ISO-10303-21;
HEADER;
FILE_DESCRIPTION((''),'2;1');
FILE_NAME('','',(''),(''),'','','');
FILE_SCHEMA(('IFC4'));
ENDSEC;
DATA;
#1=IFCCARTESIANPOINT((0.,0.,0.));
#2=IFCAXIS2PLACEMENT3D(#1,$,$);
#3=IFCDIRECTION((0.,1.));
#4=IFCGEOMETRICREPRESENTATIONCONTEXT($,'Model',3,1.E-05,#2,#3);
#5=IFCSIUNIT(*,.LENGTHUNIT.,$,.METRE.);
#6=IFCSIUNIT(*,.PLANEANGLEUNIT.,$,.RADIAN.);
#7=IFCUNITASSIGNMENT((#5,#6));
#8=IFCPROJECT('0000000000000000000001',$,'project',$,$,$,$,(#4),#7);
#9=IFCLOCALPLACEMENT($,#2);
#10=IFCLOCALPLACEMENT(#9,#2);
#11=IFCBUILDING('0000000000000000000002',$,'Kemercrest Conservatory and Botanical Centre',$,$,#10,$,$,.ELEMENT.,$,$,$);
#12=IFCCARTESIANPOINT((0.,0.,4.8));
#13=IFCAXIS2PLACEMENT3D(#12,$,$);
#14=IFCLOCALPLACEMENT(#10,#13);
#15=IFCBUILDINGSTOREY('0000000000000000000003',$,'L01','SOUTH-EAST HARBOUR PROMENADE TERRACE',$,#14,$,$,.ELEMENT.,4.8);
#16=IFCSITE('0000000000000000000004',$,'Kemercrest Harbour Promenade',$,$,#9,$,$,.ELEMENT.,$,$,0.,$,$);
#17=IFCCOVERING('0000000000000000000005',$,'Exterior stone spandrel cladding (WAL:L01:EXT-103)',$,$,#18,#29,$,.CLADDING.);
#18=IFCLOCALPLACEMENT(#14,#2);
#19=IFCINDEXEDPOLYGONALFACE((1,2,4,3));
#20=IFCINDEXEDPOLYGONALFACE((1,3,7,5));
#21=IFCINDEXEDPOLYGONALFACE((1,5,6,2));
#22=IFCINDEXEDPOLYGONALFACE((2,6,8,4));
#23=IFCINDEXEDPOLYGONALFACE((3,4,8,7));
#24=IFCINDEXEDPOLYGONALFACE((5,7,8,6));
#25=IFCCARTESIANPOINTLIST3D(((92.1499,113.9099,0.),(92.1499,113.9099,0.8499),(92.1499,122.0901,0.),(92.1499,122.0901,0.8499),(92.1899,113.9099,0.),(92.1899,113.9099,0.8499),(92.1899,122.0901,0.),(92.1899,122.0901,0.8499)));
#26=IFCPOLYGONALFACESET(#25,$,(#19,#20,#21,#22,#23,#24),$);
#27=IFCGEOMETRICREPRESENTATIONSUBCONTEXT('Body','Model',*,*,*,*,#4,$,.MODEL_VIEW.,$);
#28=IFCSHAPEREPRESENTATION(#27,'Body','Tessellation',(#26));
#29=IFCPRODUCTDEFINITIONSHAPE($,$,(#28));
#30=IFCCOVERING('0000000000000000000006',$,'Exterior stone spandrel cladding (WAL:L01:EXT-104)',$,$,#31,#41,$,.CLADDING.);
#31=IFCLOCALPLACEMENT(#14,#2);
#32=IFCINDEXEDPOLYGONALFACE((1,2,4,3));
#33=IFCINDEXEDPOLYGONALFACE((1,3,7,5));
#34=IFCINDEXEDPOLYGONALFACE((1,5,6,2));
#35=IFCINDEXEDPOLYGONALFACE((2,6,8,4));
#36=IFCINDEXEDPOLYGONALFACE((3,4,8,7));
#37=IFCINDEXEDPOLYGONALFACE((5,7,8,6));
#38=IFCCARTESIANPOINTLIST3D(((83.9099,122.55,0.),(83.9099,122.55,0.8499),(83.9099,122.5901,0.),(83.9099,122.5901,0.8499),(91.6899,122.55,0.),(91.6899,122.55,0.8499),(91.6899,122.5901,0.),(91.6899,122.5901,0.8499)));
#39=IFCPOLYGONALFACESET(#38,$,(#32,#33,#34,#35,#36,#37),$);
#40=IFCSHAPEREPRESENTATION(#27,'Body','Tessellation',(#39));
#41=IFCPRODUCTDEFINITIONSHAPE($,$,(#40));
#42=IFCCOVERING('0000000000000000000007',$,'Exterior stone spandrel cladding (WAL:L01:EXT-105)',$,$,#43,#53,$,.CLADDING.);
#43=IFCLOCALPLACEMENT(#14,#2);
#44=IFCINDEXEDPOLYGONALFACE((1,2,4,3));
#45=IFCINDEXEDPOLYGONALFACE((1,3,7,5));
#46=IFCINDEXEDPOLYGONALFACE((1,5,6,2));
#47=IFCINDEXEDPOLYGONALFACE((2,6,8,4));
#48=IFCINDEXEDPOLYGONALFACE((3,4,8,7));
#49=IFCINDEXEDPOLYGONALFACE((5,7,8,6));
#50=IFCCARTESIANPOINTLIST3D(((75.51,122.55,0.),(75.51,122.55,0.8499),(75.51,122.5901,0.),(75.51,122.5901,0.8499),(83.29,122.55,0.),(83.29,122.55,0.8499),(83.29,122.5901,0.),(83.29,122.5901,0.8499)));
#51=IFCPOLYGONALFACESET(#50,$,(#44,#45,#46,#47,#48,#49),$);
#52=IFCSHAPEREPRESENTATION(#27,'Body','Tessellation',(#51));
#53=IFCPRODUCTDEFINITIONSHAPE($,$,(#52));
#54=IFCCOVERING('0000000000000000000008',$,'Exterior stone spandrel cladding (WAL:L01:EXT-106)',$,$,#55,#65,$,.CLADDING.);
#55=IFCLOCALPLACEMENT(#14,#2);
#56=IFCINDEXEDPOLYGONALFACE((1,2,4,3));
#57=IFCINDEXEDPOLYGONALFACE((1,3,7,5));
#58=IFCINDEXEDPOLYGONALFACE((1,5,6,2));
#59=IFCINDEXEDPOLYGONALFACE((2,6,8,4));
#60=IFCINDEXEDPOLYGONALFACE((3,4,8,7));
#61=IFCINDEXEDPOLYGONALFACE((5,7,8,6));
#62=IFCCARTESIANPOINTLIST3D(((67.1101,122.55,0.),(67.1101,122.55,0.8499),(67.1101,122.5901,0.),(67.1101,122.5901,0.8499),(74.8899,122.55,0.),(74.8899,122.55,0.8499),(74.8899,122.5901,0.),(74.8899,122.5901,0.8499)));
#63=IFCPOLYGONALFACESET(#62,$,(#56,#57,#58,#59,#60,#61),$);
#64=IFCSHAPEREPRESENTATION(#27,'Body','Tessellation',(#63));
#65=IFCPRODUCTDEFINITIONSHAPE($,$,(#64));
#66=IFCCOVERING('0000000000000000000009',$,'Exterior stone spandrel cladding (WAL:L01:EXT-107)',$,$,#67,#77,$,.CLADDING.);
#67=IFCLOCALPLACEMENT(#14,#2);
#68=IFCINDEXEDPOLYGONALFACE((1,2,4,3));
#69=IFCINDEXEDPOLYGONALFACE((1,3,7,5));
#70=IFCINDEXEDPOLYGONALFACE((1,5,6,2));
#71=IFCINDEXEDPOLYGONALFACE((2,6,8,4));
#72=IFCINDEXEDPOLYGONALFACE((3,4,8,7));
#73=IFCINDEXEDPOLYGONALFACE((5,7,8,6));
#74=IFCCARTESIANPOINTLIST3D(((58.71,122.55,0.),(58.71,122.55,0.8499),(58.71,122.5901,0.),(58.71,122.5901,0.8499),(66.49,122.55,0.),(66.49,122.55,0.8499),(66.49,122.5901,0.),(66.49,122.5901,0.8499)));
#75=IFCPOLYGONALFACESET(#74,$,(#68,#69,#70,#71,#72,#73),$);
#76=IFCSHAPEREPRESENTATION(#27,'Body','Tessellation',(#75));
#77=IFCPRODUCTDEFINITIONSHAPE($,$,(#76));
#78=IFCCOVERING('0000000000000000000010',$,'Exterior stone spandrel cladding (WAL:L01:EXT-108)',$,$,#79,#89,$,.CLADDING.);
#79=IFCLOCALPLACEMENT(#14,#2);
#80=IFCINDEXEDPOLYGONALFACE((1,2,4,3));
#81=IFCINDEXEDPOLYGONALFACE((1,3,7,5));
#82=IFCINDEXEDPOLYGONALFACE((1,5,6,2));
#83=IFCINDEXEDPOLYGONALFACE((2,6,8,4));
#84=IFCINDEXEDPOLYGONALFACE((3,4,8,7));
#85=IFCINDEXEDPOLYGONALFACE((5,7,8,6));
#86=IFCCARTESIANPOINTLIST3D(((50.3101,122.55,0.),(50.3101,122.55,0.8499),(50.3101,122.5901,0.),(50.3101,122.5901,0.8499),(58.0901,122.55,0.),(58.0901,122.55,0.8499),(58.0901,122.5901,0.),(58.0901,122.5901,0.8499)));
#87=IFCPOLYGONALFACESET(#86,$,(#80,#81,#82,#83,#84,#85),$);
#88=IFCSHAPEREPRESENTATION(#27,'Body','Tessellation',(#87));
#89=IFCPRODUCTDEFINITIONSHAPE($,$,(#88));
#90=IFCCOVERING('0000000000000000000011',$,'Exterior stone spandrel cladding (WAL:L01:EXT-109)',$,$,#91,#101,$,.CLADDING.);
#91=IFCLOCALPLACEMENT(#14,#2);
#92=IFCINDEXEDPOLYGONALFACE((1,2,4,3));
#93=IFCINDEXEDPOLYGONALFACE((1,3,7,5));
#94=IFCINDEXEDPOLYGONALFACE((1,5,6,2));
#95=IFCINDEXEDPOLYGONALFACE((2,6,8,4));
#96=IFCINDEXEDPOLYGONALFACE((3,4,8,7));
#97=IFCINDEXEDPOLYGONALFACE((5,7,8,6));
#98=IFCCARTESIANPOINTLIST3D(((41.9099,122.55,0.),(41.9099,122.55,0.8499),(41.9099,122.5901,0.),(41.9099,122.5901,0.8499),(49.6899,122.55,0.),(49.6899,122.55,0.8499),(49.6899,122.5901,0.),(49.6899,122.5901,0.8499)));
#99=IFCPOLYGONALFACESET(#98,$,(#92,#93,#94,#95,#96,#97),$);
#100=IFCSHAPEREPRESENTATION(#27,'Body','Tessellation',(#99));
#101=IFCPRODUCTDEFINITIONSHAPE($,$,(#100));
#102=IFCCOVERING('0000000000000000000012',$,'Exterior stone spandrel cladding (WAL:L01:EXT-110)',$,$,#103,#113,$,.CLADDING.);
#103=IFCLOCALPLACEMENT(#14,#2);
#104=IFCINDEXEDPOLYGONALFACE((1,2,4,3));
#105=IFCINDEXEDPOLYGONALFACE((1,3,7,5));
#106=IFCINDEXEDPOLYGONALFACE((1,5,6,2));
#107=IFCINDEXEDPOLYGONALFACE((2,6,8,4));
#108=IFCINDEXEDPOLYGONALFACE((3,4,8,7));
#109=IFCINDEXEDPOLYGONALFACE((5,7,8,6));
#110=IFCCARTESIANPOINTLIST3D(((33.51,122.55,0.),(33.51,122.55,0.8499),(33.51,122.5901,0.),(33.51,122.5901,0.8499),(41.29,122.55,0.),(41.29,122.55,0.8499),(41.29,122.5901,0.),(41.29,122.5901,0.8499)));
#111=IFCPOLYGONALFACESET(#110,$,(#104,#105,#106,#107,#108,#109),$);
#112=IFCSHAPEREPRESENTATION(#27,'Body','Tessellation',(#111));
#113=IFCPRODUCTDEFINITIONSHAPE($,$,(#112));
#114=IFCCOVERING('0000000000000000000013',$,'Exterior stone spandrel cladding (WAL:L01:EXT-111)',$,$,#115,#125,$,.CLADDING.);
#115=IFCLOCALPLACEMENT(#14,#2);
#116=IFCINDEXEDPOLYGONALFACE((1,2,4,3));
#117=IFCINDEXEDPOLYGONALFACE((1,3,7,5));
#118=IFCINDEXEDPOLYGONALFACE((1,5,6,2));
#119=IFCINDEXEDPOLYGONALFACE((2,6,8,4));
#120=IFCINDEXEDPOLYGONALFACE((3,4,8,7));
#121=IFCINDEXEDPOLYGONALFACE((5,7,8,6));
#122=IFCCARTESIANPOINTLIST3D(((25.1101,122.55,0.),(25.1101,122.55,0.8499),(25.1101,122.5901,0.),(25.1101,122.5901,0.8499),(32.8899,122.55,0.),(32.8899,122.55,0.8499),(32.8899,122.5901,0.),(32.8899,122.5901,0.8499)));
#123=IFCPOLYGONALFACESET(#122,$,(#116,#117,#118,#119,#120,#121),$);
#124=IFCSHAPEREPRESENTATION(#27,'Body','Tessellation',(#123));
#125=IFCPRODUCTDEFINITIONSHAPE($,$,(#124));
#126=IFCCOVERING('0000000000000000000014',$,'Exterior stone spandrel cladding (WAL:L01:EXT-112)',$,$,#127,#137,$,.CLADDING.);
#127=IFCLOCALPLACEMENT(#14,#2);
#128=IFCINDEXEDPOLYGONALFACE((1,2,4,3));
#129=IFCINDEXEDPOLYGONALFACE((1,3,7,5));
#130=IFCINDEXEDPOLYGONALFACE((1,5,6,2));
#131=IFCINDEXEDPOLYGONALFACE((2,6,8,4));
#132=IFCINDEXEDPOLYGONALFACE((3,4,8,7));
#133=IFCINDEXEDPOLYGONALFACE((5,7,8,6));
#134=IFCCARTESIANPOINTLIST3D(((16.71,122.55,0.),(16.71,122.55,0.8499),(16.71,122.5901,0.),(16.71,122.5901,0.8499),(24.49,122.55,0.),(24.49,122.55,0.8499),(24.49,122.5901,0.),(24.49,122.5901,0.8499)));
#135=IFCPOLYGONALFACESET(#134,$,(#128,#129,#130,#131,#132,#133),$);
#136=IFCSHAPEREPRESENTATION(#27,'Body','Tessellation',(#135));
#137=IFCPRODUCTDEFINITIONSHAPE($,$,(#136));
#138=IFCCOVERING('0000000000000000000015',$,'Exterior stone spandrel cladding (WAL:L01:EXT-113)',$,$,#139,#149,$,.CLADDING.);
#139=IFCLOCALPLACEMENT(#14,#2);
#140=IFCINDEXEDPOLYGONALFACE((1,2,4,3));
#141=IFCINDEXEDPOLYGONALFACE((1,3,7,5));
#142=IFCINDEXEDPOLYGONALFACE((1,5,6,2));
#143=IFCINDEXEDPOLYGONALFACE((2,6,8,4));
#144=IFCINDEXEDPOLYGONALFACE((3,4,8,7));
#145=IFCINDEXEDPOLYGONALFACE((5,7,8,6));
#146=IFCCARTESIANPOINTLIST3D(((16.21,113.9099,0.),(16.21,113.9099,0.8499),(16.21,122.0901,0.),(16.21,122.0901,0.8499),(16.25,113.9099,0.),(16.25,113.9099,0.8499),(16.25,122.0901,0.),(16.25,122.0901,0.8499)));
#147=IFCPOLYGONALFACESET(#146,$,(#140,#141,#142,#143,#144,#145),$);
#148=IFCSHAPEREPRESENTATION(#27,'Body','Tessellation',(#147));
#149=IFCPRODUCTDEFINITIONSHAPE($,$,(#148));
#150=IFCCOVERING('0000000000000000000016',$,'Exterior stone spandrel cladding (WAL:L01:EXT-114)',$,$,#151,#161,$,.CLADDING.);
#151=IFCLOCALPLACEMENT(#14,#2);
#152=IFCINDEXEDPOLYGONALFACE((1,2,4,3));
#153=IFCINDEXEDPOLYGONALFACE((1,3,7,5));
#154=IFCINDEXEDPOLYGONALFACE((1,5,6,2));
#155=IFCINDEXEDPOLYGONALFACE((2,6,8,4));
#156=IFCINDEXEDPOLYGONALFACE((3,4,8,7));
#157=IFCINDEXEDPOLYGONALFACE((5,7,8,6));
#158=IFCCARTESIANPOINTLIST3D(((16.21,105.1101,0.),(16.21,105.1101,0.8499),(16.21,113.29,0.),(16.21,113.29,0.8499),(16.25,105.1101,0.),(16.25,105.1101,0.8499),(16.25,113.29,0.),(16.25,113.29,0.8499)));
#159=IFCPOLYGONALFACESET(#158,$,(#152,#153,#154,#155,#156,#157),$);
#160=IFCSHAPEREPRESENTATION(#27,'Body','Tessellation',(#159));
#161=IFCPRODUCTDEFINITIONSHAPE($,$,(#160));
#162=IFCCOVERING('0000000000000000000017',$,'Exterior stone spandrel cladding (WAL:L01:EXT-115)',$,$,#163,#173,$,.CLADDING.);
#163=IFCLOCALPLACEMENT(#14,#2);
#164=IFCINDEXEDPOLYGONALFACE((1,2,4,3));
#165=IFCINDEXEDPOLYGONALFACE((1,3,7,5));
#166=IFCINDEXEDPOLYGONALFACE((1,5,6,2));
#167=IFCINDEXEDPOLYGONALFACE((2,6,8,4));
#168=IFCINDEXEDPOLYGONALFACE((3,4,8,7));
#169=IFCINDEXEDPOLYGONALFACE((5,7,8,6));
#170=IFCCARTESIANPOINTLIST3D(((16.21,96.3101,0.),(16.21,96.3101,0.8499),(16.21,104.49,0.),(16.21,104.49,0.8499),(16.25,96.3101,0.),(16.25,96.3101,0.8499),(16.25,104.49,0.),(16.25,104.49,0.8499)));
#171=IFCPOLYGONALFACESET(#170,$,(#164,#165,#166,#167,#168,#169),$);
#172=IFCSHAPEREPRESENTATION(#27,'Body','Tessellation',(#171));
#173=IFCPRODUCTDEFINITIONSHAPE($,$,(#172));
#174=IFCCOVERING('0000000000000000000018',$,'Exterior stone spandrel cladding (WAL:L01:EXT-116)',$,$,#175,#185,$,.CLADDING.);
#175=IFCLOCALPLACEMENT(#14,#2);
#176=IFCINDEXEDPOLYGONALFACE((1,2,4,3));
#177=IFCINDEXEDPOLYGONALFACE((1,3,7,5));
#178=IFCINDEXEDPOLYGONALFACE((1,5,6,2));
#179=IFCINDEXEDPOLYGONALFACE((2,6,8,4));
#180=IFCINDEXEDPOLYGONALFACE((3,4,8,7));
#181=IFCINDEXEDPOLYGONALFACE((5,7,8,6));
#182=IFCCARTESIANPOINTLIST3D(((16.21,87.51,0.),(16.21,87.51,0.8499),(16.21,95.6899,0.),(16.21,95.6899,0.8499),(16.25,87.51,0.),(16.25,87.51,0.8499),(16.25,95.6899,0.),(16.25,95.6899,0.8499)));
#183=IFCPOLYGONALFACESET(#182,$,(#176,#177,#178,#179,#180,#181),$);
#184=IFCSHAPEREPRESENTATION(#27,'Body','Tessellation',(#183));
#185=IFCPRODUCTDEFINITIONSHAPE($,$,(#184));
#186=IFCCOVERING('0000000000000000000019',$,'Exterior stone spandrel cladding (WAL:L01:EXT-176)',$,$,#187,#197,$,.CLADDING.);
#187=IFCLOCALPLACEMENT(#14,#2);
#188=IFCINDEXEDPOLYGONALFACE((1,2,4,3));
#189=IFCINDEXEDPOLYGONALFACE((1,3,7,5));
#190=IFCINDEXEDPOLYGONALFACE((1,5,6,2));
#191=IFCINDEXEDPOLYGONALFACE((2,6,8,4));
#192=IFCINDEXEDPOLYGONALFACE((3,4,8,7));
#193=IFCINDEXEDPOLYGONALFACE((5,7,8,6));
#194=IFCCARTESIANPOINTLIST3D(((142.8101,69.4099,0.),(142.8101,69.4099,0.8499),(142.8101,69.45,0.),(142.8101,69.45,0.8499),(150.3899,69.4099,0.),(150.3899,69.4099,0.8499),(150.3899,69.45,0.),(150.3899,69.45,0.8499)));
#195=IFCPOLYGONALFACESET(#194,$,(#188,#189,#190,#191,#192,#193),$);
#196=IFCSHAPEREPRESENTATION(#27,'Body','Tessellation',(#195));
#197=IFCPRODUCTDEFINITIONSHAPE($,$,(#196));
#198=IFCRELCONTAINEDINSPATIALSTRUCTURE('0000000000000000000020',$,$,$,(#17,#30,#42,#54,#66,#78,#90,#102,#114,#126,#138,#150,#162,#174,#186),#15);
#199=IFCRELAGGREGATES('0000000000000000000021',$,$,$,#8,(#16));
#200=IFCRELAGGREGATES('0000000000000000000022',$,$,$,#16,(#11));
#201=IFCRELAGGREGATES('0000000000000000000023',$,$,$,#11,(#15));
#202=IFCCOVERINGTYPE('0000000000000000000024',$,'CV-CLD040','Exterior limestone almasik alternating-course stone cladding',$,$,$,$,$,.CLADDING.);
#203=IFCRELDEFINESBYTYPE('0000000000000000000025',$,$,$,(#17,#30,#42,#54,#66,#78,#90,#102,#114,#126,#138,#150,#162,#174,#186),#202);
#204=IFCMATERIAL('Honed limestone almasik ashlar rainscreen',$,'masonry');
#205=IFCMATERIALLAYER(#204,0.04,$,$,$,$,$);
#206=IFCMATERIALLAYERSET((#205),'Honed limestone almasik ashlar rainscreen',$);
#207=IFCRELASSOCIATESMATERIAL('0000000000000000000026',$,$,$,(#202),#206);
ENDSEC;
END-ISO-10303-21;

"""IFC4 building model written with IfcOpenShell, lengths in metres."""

from ifc_helpers import new_model, si_unit, direction, frame, origin, place, context, subcontext, project, spatial, polyline, outline, extrude, material, layer, layer_set, type_object, element, save


model = new_model("IFC4")

# Units and contexts
model_context = context("Model", 3, precision=1e-05, world=origin(), true_north=direction((0.0, 1.0)))
body_context = subcontext(model_context, "Body", "Model", "MODEL_VIEW")
ifc_project = project(units=[si_unit("LENGTHUNIT", "METRE"), si_unit("PLANEANGLEUNIT", "RADIAN")], contexts=[model_context])

# Site, building, storey
site_placement = place(None, origin())
site = spatial("IfcSite", under=ifc_project, at=site_placement, Name="Kemercrest Harbour Promenade", CompositionType="ELEMENT", RefElevation=0.0)
building_placement = place(site_placement, origin())
building = spatial("IfcBuilding", under=site, at=building_placement, Name="Kemercrest Conservatory and Botanical Centre", CompositionType="ELEMENT")
storey_placement = place(building_placement, frame((0.0, 0.0, 4.8)))
storey = spatial("IfcBuildingStorey", under=building, at=storey_placement, Name="L01", Description="SOUTH-EAST HARBOUR PROMENADE TERRACE", CompositionType="ELEMENT", Elevation=4.8)

# Coverings
ifc_material = material(Name="Honed limestone almasik ashlar rainscreen", Category="masonry")
ifc_layer = layer(ifc_material, 0.04)
ifc_layer_set = layer_set([ifc_layer], Name="Honed limestone almasik ashlar rainscreen")
covering_type = type_object("IfcCoveringType", Name="CV-CLD040", Description="Exterior limestone almasik alternating-course stone cladding", PredefinedType="CLADDING", material=ifc_layer_set)
covering_1_placement = place(storey_placement, origin())
element("IfcCovering", 1, at=covering_1_placement, inside=storey, type_object=covering_type, Name="Exterior stone spandrel cladding (WAL:L01:EXT-103)", PredefinedType="CLADDING", context=body_context, shape_type="SweptSolid", body=[
    extrude(outline(polyline([(92.1499, 113.9099), (92.1899, 113.9099), (92.1899, 122.0901), (92.1499, 122.0901), (92.1499, 113.9099)])), origin(), (0.0, 0.0, 1.0), 0.8499),
])
covering_2_placement = place(storey_placement, origin())
element("IfcCovering", 2, at=covering_2_placement, inside=storey, type_object=covering_type, Name="Exterior stone spandrel cladding (WAL:L01:EXT-104)", PredefinedType="CLADDING", context=body_context, shape_type="SweptSolid", body=[
    extrude(outline(polyline([(91.6899, 122.55), (91.6899, 122.5901), (83.9099, 122.5901), (83.9099, 122.55), (91.6899, 122.55)])), origin(), (0.0, 0.0, 1.0), 0.8499),
])
covering_3_placement = place(storey_placement, origin())
element("IfcCovering", 3, at=covering_3_placement, inside=storey, type_object=covering_type, Name="Exterior stone spandrel cladding (WAL:L01:EXT-105)", PredefinedType="CLADDING", context=body_context, shape_type="SweptSolid", body=[
    extrude(outline(polyline([(83.29, 122.55), (83.29, 122.5901), (75.51, 122.5901), (75.51, 122.55), (83.29, 122.55)])), origin(), (0.0, 0.0, 1.0), 0.8499),
])
covering_4_placement = place(storey_placement, origin())
element("IfcCovering", 4, at=covering_4_placement, inside=storey, type_object=covering_type, Name="Exterior stone spandrel cladding (WAL:L01:EXT-106)", PredefinedType="CLADDING", context=body_context, shape_type="SweptSolid", body=[
    extrude(outline(polyline([(74.8899, 122.55), (74.8899, 122.5901), (67.1101, 122.5901), (67.1101, 122.55), (74.8899, 122.55)])), origin(), (0.0, 0.0, 1.0), 0.8499),
])
covering_5_placement = place(storey_placement, origin())
element("IfcCovering", 5, at=covering_5_placement, inside=storey, type_object=covering_type, Name="Exterior stone spandrel cladding (WAL:L01:EXT-107)", PredefinedType="CLADDING", context=body_context, shape_type="SweptSolid", body=[
    extrude(outline(polyline([(66.49, 122.55), (66.49, 122.5901), (58.71, 122.5901), (58.71, 122.55), (66.49, 122.55)])), origin(), (0.0, 0.0, 1.0), 0.8499),
])
covering_6_placement = place(storey_placement, origin())
element("IfcCovering", 6, at=covering_6_placement, inside=storey, type_object=covering_type, Name="Exterior stone spandrel cladding (WAL:L01:EXT-108)", PredefinedType="CLADDING", context=body_context, shape_type="SweptSolid", body=[
    extrude(outline(polyline([(58.0901, 122.55), (58.0901, 122.5901), (50.3101, 122.5901), (50.3101, 122.55), (58.0901, 122.55)])), origin(), (0.0, 0.0, 1.0), 0.8499),
])
covering_7_placement = place(storey_placement, origin())
element("IfcCovering", 7, at=covering_7_placement, inside=storey, type_object=covering_type, Name="Exterior stone spandrel cladding (WAL:L01:EXT-109)", PredefinedType="CLADDING", context=body_context, shape_type="SweptSolid", body=[
    extrude(outline(polyline([(49.6899, 122.55), (49.6899, 122.5901), (41.9099, 122.5901), (41.9099, 122.55), (49.6899, 122.55)])), origin(), (0.0, 0.0, 1.0), 0.8499),
])
covering_8_placement = place(storey_placement, origin())
element("IfcCovering", 8, at=covering_8_placement, inside=storey, type_object=covering_type, Name="Exterior stone spandrel cladding (WAL:L01:EXT-110)", PredefinedType="CLADDING", context=body_context, shape_type="SweptSolid", body=[
    extrude(outline(polyline([(41.29, 122.55), (41.29, 122.5901), (33.51, 122.5901), (33.51, 122.55), (41.29, 122.55)])), origin(), (0.0, 0.0, 1.0), 0.8499),
])
covering_9_placement = place(storey_placement, origin())
element("IfcCovering", 9, at=covering_9_placement, inside=storey, type_object=covering_type, Name="Exterior stone spandrel cladding (WAL:L01:EXT-111)", PredefinedType="CLADDING", context=body_context, shape_type="SweptSolid", body=[
    extrude(outline(polyline([(32.8899, 122.55), (32.8899, 122.5901), (25.1101, 122.5901), (25.1101, 122.55), (32.8899, 122.55)])), origin(), (0.0, 0.0, 1.0), 0.8499),
])
covering_10_placement = place(storey_placement, origin())
element("IfcCovering", 10, at=covering_10_placement, inside=storey, type_object=covering_type, Name="Exterior stone spandrel cladding (WAL:L01:EXT-112)", PredefinedType="CLADDING", context=body_context, shape_type="SweptSolid", body=[
    extrude(outline(polyline([(24.49, 122.55), (24.49, 122.5901), (16.71, 122.5901), (16.71, 122.55), (24.49, 122.55)])), origin(), (0.0, 0.0, 1.0), 0.8499),
])
covering_11_placement = place(storey_placement, origin())
element("IfcCovering", 11, at=covering_11_placement, inside=storey, type_object=covering_type, Name="Exterior stone spandrel cladding (WAL:L01:EXT-113)", PredefinedType="CLADDING", context=body_context, shape_type="SweptSolid", body=[
    extrude(outline(polyline([(16.25, 122.0901), (16.21, 122.0901), (16.21, 113.9099), (16.25, 113.9099), (16.25, 122.0901)])), origin(), (0.0, 0.0, 1.0), 0.8499),
])
covering_12_placement = place(storey_placement, origin())
element("IfcCovering", 12, at=covering_12_placement, inside=storey, type_object=covering_type, Name="Exterior stone spandrel cladding (WAL:L01:EXT-114)", PredefinedType="CLADDING", context=body_context, shape_type="SweptSolid", body=[
    extrude(outline(polyline([(16.25, 113.29), (16.21, 113.29), (16.21, 105.1101), (16.25, 105.1101), (16.25, 113.29)])), origin(), (0.0, 0.0, 1.0), 0.8499),
])
covering_13_placement = place(storey_placement, origin())
element("IfcCovering", 13, at=covering_13_placement, inside=storey, type_object=covering_type, Name="Exterior stone spandrel cladding (WAL:L01:EXT-115)", PredefinedType="CLADDING", context=body_context, shape_type="SweptSolid", body=[
    extrude(outline(polyline([(16.25, 104.49), (16.21, 104.49), (16.21, 96.3101), (16.25, 96.3101), (16.25, 104.49)])), origin(), (0.0, 0.0, 1.0), 0.8499),
])
covering_14_placement = place(storey_placement, origin())
element("IfcCovering", 14, at=covering_14_placement, inside=storey, type_object=covering_type, Name="Exterior stone spandrel cladding (WAL:L01:EXT-116)", PredefinedType="CLADDING", context=body_context, shape_type="SweptSolid", body=[
    extrude(outline(polyline([(16.25, 95.6899), (16.21, 95.6899), (16.21, 87.51), (16.25, 87.51), (16.25, 95.6899)])), origin(), (0.0, 0.0, 1.0), 0.8499),
])
covering_15_placement = place(storey_placement, origin())
element("IfcCovering", 15, at=covering_15_placement, inside=storey, type_object=covering_type, Name="Exterior stone spandrel cladding (WAL:L01:EXT-176)", PredefinedType="CLADDING", context=body_context, shape_type="SweptSolid", body=[
    extrude(outline(polyline([(142.8101, 69.45), (142.8101, 69.4099), (150.3899, 69.4099), (150.3899, 69.45), (142.8101, 69.45)])), origin(), (0.0, 0.0, 1.0), 0.8499),
])

save(model, "model.ifc")
